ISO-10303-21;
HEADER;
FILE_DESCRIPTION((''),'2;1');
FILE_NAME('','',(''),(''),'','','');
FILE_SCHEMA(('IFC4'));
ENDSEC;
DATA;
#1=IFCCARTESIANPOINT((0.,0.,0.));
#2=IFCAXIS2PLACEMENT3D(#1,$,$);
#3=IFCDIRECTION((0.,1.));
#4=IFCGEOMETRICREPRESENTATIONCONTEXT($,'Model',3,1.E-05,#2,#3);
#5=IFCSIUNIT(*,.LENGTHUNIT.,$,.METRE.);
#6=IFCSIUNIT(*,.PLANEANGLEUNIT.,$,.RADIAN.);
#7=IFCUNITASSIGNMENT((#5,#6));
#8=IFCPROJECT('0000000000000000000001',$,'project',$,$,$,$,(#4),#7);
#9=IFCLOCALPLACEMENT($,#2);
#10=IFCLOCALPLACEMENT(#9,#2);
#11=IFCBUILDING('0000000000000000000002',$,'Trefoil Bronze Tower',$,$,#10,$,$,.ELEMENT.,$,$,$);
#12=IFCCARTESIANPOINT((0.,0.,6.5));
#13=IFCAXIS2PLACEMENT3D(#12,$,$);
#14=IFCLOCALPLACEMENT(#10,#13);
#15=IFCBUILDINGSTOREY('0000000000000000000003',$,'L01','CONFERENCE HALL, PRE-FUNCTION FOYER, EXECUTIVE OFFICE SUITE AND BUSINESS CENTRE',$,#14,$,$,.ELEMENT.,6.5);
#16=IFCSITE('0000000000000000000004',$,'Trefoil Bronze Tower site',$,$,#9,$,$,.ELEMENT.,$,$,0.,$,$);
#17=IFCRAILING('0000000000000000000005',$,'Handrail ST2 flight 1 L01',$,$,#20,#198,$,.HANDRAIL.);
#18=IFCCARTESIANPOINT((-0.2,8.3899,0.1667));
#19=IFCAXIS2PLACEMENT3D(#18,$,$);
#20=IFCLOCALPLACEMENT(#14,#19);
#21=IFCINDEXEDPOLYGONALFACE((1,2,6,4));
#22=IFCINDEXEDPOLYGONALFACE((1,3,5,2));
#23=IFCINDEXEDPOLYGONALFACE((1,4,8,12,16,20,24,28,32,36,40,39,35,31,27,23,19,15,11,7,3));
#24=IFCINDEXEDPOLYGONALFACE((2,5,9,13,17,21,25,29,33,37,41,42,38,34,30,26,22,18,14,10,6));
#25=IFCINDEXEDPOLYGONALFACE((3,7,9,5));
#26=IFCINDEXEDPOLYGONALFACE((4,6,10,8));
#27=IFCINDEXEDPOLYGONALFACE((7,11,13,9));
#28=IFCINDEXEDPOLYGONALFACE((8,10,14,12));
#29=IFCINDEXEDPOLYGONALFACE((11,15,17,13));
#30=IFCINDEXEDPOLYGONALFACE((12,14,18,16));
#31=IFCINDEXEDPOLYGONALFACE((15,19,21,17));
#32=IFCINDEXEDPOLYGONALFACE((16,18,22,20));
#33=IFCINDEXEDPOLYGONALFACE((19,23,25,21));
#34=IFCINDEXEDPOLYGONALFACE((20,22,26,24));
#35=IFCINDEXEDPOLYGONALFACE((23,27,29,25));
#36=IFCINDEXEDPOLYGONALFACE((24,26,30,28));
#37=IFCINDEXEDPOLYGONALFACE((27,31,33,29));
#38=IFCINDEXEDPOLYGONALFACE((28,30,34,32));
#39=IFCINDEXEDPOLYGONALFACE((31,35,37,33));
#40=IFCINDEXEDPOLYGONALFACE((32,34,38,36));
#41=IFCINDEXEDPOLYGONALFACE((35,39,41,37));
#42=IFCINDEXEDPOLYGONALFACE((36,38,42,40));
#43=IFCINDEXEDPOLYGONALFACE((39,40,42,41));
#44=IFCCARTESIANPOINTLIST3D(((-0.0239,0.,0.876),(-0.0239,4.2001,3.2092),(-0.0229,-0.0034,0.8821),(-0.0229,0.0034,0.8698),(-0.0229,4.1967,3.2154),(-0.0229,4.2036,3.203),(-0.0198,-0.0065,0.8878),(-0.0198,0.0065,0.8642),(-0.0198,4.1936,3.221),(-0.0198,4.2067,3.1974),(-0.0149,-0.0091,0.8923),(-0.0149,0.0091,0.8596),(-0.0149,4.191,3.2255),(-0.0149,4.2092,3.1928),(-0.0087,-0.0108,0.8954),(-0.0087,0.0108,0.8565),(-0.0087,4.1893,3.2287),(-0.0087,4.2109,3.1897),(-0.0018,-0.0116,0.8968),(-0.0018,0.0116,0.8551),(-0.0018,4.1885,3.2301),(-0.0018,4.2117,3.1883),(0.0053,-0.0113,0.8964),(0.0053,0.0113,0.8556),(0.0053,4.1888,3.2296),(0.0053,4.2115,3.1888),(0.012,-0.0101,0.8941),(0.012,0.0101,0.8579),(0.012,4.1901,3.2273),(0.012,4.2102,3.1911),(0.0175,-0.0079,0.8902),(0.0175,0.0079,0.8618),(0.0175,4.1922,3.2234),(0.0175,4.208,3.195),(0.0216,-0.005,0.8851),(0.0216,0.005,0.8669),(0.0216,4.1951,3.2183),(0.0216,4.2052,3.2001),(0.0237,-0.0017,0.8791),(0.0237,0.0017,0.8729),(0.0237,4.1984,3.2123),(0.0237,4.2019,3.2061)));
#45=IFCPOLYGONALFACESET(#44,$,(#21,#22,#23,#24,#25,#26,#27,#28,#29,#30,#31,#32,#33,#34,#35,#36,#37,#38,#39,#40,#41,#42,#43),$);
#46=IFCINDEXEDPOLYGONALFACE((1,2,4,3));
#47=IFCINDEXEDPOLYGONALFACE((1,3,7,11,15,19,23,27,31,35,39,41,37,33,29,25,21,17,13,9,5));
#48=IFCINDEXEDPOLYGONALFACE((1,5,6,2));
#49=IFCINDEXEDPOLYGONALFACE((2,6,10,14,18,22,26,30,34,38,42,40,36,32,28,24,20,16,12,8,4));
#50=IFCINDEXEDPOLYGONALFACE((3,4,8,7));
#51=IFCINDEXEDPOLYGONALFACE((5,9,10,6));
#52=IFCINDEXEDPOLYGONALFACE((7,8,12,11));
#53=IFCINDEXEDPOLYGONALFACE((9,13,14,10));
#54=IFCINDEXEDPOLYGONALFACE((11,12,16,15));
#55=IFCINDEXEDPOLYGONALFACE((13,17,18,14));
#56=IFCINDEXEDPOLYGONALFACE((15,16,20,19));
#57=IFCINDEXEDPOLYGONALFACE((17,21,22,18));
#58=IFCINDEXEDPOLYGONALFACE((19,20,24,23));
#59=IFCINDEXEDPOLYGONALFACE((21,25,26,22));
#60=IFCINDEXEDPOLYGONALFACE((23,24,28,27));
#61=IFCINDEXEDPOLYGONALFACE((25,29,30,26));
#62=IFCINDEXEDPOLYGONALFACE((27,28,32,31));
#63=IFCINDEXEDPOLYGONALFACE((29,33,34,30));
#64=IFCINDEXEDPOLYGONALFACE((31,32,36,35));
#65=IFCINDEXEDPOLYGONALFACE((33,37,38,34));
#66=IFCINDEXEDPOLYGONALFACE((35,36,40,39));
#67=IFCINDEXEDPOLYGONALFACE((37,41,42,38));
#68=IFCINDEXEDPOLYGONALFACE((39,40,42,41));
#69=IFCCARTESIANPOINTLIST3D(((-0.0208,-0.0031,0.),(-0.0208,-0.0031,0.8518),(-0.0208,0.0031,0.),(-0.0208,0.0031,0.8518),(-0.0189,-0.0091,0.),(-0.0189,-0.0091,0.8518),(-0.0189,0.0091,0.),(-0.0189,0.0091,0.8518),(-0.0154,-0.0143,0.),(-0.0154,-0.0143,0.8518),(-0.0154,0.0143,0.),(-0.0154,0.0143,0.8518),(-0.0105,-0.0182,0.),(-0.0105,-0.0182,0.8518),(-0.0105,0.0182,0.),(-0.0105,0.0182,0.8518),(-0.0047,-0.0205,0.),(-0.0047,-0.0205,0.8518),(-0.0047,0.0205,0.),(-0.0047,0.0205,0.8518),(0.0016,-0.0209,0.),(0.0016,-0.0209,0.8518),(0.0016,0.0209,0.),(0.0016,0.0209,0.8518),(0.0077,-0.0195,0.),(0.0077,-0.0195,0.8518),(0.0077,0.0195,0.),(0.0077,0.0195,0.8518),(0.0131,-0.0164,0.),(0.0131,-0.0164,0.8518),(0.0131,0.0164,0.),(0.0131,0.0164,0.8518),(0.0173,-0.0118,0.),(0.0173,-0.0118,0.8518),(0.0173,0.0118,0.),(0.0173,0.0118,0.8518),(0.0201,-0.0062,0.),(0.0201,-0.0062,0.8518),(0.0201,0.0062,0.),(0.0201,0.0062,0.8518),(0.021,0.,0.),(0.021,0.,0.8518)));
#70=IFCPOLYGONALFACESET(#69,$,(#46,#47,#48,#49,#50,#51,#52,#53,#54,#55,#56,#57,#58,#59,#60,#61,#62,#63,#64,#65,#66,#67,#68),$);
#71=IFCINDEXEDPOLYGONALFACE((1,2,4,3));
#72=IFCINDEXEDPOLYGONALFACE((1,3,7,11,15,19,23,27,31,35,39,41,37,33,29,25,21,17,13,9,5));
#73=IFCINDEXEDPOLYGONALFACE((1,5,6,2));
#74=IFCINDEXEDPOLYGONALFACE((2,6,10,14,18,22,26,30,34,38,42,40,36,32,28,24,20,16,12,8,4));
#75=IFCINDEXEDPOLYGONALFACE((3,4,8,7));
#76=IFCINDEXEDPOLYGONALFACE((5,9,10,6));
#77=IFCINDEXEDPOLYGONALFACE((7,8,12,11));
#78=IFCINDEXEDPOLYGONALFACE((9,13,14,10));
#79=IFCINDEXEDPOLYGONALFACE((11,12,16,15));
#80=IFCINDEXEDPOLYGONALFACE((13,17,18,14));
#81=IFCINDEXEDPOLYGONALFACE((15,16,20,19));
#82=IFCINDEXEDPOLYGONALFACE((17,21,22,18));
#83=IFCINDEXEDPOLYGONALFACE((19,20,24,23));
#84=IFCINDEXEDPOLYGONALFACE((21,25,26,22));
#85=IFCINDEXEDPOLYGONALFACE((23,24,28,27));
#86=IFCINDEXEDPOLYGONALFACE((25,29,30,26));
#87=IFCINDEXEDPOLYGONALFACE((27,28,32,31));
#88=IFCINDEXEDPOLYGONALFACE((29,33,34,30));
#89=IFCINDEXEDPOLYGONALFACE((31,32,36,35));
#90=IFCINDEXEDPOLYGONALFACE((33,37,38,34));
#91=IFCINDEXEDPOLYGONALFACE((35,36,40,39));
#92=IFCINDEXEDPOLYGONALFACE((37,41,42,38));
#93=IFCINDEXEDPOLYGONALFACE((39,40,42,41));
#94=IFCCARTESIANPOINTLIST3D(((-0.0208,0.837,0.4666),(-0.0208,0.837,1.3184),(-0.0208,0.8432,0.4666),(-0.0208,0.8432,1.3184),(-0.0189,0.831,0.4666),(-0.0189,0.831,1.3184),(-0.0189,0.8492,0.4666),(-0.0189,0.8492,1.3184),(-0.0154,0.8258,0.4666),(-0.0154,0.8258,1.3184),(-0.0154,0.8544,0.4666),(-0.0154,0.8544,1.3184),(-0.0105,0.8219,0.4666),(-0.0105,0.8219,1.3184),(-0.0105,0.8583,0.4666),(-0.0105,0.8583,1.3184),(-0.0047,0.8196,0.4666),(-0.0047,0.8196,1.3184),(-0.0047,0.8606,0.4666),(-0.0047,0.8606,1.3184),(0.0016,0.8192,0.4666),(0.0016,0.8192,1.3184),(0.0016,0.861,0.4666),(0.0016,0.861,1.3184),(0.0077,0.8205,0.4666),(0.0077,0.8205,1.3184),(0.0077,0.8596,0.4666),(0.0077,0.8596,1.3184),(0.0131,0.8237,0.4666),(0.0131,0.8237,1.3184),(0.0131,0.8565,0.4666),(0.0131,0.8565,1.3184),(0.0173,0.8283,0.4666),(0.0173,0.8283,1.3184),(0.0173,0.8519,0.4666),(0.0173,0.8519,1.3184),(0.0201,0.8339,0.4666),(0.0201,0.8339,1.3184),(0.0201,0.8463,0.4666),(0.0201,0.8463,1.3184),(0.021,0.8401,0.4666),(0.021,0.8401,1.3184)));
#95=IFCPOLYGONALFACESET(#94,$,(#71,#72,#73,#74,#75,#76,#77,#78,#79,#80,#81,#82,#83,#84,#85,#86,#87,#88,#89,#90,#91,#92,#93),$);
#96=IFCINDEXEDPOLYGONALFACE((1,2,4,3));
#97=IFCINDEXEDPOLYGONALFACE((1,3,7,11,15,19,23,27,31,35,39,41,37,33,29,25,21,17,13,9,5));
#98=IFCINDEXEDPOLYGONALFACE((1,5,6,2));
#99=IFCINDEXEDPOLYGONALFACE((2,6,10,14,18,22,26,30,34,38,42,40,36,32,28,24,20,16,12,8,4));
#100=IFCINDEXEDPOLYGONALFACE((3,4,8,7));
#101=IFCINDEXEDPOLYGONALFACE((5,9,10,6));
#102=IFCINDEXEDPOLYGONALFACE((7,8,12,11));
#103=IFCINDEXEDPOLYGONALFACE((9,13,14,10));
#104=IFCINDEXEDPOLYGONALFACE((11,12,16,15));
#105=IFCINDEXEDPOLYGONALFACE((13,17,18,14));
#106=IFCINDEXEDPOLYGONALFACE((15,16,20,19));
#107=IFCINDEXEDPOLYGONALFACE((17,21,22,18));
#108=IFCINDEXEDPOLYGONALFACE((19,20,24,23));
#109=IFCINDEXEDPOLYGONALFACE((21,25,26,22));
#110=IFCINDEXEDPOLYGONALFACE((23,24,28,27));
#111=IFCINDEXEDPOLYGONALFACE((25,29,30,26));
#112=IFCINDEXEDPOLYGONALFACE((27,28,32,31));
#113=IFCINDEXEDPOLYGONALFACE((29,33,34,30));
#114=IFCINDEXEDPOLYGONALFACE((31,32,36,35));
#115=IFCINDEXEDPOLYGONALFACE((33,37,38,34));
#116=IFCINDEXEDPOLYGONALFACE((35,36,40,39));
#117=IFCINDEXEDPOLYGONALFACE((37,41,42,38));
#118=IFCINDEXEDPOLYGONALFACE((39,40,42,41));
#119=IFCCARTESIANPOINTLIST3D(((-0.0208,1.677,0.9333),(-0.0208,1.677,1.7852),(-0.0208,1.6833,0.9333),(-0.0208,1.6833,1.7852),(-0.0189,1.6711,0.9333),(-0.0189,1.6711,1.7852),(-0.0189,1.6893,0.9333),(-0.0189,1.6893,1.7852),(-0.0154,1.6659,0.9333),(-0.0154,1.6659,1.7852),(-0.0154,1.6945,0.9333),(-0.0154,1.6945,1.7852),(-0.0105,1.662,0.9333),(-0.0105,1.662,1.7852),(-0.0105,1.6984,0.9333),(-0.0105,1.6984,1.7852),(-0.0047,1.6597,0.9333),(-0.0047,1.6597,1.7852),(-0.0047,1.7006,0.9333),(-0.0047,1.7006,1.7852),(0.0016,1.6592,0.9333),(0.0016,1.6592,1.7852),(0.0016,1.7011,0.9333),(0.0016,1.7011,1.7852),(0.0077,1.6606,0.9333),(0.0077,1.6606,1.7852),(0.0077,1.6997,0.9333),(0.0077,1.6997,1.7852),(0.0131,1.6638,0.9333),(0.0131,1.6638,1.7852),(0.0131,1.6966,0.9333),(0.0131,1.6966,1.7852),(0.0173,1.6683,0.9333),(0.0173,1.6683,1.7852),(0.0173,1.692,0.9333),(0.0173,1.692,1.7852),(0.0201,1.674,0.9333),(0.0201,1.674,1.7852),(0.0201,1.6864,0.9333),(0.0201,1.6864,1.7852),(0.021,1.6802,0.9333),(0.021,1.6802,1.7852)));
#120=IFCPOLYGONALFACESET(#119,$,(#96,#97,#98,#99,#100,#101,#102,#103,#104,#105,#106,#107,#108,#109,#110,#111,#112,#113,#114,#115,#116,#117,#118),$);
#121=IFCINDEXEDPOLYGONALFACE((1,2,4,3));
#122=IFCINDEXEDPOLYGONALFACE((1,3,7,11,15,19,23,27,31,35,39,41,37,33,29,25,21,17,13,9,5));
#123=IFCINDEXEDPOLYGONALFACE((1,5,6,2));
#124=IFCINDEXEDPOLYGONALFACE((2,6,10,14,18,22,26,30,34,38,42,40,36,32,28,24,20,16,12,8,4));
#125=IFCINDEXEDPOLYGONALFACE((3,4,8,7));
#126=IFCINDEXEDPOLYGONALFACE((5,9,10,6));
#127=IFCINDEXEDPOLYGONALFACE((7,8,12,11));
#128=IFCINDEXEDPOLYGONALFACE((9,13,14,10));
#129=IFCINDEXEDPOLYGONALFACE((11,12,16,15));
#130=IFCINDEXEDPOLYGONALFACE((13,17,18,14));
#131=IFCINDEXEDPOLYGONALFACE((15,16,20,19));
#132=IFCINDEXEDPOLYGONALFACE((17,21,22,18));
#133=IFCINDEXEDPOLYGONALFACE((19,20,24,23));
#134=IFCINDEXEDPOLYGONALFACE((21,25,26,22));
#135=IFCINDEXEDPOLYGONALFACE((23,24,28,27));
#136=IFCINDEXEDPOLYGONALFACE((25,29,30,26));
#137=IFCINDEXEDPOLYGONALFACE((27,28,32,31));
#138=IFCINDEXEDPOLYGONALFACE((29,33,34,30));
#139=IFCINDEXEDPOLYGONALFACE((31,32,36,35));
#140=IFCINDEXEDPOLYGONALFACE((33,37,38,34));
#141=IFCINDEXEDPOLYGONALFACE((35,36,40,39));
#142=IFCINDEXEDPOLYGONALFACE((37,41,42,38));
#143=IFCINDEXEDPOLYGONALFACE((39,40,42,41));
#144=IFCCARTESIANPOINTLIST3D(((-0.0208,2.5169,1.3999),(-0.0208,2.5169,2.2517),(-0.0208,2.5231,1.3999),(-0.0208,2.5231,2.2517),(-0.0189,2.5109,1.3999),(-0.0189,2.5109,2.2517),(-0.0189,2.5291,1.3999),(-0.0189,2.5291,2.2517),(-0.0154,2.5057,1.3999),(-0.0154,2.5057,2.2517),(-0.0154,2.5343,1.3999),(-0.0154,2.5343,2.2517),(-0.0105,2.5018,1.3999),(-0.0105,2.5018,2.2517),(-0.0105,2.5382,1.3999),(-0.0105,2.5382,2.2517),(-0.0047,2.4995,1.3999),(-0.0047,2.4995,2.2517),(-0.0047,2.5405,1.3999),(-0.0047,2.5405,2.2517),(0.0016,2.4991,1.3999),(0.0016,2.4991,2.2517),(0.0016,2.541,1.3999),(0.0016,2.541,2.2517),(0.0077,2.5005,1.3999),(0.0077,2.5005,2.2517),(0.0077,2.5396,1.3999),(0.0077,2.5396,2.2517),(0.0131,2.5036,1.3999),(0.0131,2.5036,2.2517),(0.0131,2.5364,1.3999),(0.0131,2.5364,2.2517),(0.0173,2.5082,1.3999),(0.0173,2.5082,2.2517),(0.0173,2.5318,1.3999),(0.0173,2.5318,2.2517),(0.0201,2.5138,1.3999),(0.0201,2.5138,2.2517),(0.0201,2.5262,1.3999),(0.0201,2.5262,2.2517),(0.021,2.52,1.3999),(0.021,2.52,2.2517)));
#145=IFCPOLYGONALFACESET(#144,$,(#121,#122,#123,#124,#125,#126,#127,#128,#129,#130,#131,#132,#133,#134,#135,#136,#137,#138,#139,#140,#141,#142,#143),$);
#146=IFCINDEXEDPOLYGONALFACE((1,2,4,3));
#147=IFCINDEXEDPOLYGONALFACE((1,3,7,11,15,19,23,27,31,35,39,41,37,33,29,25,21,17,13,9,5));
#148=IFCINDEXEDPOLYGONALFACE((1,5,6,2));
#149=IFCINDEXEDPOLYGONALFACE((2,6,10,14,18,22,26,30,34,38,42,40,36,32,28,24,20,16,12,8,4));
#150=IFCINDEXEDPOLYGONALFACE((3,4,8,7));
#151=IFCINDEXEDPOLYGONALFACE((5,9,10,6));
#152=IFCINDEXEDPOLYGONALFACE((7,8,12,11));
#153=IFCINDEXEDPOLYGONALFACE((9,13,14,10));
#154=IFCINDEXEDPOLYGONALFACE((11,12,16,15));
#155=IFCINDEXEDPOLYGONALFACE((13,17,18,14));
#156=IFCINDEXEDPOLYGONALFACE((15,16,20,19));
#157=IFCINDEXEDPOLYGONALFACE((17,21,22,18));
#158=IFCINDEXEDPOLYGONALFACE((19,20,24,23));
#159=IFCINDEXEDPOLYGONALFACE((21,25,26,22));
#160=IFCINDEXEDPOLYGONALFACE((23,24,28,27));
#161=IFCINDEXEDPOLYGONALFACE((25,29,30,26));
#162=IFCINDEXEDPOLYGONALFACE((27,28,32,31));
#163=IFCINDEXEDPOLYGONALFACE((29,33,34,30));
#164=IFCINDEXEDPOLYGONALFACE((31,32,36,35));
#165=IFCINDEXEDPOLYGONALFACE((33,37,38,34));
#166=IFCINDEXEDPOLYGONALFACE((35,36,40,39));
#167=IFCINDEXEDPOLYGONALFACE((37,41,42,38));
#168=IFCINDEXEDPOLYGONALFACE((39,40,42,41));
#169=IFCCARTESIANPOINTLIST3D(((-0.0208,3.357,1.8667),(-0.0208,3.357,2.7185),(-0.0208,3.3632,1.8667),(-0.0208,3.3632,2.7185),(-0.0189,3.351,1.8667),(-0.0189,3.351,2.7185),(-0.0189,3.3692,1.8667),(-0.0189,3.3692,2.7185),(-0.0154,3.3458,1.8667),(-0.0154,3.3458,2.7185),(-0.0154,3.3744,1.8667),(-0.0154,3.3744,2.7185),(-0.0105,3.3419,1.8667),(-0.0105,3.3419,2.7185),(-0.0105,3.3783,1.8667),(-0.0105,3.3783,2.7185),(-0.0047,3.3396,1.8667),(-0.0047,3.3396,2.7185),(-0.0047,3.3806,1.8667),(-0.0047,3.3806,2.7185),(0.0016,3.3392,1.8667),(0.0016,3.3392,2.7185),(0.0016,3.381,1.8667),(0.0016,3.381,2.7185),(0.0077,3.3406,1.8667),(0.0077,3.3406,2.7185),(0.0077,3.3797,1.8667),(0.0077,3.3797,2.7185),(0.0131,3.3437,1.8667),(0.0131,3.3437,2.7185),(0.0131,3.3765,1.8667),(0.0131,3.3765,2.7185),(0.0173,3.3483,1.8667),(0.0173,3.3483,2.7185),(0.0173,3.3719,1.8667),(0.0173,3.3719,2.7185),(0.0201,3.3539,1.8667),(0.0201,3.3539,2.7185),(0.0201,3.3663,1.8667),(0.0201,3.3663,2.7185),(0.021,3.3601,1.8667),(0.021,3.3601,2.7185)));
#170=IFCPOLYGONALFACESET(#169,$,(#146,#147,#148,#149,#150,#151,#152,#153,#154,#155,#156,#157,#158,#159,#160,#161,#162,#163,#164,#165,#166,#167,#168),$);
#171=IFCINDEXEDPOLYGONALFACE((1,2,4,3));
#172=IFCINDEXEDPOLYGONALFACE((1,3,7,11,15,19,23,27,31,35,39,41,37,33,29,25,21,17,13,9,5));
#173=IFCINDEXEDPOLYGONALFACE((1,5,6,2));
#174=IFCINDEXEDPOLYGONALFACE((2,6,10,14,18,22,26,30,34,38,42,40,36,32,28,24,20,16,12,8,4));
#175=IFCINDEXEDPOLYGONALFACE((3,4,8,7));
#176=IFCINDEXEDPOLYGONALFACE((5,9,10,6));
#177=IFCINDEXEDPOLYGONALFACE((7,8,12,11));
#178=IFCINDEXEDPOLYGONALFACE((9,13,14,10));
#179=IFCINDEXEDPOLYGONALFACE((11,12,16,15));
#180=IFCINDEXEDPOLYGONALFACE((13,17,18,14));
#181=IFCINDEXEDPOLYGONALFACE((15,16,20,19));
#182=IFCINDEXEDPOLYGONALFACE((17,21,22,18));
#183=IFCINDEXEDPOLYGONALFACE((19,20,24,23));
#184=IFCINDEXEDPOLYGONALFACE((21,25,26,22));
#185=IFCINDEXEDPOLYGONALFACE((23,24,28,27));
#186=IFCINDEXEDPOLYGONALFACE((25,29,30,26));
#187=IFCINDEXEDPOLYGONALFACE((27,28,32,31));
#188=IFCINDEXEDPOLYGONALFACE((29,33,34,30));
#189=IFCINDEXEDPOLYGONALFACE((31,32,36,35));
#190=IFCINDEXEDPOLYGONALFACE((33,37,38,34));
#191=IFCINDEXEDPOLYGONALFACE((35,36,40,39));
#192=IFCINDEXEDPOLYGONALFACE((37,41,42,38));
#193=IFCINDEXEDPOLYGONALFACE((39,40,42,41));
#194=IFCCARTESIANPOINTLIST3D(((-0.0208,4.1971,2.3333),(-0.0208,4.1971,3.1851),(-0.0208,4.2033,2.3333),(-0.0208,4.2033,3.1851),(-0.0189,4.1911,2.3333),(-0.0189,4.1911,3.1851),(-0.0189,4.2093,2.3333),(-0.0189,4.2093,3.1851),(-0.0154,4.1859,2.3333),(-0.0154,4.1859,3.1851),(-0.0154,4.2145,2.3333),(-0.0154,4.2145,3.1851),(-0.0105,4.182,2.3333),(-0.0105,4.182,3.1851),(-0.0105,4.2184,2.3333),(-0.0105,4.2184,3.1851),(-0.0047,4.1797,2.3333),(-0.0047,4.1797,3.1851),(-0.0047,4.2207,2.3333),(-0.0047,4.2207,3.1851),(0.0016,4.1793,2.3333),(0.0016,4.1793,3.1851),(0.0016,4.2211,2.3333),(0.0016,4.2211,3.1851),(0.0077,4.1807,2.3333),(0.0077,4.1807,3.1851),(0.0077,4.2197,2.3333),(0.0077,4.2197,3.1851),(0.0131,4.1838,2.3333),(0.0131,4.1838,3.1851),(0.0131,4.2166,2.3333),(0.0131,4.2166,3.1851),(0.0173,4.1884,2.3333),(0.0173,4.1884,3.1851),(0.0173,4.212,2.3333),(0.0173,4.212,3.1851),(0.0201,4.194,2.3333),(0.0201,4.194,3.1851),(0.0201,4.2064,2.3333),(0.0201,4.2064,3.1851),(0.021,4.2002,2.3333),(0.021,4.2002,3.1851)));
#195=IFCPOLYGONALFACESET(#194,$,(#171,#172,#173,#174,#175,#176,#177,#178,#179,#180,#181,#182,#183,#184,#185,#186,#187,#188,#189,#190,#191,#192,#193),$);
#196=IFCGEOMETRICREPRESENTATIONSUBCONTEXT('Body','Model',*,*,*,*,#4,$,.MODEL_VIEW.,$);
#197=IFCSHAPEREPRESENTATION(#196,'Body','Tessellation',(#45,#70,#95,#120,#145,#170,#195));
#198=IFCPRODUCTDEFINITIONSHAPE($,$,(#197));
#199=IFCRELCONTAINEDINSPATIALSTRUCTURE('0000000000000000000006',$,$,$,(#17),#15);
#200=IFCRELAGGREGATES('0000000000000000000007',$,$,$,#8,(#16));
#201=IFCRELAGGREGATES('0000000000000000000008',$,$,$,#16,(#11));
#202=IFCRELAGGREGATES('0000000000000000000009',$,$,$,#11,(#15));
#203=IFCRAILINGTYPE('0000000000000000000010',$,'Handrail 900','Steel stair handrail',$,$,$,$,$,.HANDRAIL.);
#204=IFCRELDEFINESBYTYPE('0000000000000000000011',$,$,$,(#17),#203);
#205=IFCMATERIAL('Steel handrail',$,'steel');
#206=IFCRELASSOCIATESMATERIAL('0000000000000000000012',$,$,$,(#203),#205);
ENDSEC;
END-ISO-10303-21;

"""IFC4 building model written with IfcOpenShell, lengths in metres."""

from ifc_helpers import new_model, si_unit, direction, frame, origin, origin_2d, place, context, subcontext, project, spatial, circle, extrude, material, type_object, element, save


model = new_model("IFC4")

# Units and contexts
model_context = context("Model", 3, precision=1e-05, world=origin(), true_north=direction((0.0, 1.0)))
body_context = subcontext(model_context, "Body", "Model", "MODEL_VIEW")
ifc_project = project(units=[si_unit("LENGTHUNIT", "METRE"), si_unit("PLANEANGLEUNIT", "RADIAN")], contexts=[model_context])

# Site, building, storey
site_placement = place(None, origin())
site = spatial("IfcSite", under=ifc_project, at=site_placement, Name="Trefoil Bronze Tower site", CompositionType="ELEMENT", RefElevation=0.0)
building_placement = place(site_placement, origin())
building = spatial("IfcBuilding", under=site, at=building_placement, Name="Trefoil Bronze Tower", CompositionType="ELEMENT")
storey_placement = place(building_placement, frame((0.0, 0.0, 6.5)))
storey = spatial("IfcBuildingStorey", under=building, at=storey_placement, Name="L01", Description="CONFERENCE HALL, PRE-FUNCTION FOYER, EXECUTIVE OFFICE SUITE AND BUSINESS CENTRE", CompositionType="ELEMENT", Elevation=6.5)

# Railing
ifc_material_1 = material(Name="Steel handrail", Category="steel")
railing_type = type_object("IfcRailingType", Name="Handrail 900", Description="Steel stair handrail", PredefinedType="HANDRAIL", material=ifc_material_1)
railing_placement = place(storey_placement, frame((-0.2, 8.3899, 0.1667)))
element("IfcRailing", 1, at=railing_placement, inside=storey, type_object=railing_type, Name="Handrail ST2 flight 1 L01", PredefinedType="HANDRAIL", context=body_context, shape_type="SweptSolid", body=[
    extrude(circle(Radius=0.0239, at=origin_2d()), frame((0.0, 0.0, 0.876), z_axis=(0.0, 0.874174, 0.485613), x_axis=(-1.0, 0.0, 0.0)), (0.0, 0.0, 1.0), 4.8047),
    extrude(circle(Radius=0.021, at=origin_2d()), origin(), (0.0, 0.0, 1.0), 0.8518),
    extrude(circle(Radius=0.021, at=origin_2d()), frame((0.0, 0.8401, 0.4666)), (0.0, 0.0, 1.0), 0.8518),
    extrude(circle(Radius=0.021, at=origin_2d()), frame((0.0, 1.6802, 0.9333)), (0.0, 0.0, 1.0), 0.8518),
    extrude(circle(Radius=0.021, at=origin_2d()), frame((0.0, 2.52, 1.3999)), (0.0, 0.0, 1.0), 0.8518),
    extrude(circle(Radius=0.021, at=origin_2d()), frame((0.0, 3.3601, 1.8667)), (0.0, 0.0, 1.0), 0.8518),
    extrude(circle(Radius=0.021, at=origin_2d()), frame((0.0, 4.2002, 2.3333)), (0.0, 0.0, 1.0), 0.8518),
])

save(model, "model.ifc")
